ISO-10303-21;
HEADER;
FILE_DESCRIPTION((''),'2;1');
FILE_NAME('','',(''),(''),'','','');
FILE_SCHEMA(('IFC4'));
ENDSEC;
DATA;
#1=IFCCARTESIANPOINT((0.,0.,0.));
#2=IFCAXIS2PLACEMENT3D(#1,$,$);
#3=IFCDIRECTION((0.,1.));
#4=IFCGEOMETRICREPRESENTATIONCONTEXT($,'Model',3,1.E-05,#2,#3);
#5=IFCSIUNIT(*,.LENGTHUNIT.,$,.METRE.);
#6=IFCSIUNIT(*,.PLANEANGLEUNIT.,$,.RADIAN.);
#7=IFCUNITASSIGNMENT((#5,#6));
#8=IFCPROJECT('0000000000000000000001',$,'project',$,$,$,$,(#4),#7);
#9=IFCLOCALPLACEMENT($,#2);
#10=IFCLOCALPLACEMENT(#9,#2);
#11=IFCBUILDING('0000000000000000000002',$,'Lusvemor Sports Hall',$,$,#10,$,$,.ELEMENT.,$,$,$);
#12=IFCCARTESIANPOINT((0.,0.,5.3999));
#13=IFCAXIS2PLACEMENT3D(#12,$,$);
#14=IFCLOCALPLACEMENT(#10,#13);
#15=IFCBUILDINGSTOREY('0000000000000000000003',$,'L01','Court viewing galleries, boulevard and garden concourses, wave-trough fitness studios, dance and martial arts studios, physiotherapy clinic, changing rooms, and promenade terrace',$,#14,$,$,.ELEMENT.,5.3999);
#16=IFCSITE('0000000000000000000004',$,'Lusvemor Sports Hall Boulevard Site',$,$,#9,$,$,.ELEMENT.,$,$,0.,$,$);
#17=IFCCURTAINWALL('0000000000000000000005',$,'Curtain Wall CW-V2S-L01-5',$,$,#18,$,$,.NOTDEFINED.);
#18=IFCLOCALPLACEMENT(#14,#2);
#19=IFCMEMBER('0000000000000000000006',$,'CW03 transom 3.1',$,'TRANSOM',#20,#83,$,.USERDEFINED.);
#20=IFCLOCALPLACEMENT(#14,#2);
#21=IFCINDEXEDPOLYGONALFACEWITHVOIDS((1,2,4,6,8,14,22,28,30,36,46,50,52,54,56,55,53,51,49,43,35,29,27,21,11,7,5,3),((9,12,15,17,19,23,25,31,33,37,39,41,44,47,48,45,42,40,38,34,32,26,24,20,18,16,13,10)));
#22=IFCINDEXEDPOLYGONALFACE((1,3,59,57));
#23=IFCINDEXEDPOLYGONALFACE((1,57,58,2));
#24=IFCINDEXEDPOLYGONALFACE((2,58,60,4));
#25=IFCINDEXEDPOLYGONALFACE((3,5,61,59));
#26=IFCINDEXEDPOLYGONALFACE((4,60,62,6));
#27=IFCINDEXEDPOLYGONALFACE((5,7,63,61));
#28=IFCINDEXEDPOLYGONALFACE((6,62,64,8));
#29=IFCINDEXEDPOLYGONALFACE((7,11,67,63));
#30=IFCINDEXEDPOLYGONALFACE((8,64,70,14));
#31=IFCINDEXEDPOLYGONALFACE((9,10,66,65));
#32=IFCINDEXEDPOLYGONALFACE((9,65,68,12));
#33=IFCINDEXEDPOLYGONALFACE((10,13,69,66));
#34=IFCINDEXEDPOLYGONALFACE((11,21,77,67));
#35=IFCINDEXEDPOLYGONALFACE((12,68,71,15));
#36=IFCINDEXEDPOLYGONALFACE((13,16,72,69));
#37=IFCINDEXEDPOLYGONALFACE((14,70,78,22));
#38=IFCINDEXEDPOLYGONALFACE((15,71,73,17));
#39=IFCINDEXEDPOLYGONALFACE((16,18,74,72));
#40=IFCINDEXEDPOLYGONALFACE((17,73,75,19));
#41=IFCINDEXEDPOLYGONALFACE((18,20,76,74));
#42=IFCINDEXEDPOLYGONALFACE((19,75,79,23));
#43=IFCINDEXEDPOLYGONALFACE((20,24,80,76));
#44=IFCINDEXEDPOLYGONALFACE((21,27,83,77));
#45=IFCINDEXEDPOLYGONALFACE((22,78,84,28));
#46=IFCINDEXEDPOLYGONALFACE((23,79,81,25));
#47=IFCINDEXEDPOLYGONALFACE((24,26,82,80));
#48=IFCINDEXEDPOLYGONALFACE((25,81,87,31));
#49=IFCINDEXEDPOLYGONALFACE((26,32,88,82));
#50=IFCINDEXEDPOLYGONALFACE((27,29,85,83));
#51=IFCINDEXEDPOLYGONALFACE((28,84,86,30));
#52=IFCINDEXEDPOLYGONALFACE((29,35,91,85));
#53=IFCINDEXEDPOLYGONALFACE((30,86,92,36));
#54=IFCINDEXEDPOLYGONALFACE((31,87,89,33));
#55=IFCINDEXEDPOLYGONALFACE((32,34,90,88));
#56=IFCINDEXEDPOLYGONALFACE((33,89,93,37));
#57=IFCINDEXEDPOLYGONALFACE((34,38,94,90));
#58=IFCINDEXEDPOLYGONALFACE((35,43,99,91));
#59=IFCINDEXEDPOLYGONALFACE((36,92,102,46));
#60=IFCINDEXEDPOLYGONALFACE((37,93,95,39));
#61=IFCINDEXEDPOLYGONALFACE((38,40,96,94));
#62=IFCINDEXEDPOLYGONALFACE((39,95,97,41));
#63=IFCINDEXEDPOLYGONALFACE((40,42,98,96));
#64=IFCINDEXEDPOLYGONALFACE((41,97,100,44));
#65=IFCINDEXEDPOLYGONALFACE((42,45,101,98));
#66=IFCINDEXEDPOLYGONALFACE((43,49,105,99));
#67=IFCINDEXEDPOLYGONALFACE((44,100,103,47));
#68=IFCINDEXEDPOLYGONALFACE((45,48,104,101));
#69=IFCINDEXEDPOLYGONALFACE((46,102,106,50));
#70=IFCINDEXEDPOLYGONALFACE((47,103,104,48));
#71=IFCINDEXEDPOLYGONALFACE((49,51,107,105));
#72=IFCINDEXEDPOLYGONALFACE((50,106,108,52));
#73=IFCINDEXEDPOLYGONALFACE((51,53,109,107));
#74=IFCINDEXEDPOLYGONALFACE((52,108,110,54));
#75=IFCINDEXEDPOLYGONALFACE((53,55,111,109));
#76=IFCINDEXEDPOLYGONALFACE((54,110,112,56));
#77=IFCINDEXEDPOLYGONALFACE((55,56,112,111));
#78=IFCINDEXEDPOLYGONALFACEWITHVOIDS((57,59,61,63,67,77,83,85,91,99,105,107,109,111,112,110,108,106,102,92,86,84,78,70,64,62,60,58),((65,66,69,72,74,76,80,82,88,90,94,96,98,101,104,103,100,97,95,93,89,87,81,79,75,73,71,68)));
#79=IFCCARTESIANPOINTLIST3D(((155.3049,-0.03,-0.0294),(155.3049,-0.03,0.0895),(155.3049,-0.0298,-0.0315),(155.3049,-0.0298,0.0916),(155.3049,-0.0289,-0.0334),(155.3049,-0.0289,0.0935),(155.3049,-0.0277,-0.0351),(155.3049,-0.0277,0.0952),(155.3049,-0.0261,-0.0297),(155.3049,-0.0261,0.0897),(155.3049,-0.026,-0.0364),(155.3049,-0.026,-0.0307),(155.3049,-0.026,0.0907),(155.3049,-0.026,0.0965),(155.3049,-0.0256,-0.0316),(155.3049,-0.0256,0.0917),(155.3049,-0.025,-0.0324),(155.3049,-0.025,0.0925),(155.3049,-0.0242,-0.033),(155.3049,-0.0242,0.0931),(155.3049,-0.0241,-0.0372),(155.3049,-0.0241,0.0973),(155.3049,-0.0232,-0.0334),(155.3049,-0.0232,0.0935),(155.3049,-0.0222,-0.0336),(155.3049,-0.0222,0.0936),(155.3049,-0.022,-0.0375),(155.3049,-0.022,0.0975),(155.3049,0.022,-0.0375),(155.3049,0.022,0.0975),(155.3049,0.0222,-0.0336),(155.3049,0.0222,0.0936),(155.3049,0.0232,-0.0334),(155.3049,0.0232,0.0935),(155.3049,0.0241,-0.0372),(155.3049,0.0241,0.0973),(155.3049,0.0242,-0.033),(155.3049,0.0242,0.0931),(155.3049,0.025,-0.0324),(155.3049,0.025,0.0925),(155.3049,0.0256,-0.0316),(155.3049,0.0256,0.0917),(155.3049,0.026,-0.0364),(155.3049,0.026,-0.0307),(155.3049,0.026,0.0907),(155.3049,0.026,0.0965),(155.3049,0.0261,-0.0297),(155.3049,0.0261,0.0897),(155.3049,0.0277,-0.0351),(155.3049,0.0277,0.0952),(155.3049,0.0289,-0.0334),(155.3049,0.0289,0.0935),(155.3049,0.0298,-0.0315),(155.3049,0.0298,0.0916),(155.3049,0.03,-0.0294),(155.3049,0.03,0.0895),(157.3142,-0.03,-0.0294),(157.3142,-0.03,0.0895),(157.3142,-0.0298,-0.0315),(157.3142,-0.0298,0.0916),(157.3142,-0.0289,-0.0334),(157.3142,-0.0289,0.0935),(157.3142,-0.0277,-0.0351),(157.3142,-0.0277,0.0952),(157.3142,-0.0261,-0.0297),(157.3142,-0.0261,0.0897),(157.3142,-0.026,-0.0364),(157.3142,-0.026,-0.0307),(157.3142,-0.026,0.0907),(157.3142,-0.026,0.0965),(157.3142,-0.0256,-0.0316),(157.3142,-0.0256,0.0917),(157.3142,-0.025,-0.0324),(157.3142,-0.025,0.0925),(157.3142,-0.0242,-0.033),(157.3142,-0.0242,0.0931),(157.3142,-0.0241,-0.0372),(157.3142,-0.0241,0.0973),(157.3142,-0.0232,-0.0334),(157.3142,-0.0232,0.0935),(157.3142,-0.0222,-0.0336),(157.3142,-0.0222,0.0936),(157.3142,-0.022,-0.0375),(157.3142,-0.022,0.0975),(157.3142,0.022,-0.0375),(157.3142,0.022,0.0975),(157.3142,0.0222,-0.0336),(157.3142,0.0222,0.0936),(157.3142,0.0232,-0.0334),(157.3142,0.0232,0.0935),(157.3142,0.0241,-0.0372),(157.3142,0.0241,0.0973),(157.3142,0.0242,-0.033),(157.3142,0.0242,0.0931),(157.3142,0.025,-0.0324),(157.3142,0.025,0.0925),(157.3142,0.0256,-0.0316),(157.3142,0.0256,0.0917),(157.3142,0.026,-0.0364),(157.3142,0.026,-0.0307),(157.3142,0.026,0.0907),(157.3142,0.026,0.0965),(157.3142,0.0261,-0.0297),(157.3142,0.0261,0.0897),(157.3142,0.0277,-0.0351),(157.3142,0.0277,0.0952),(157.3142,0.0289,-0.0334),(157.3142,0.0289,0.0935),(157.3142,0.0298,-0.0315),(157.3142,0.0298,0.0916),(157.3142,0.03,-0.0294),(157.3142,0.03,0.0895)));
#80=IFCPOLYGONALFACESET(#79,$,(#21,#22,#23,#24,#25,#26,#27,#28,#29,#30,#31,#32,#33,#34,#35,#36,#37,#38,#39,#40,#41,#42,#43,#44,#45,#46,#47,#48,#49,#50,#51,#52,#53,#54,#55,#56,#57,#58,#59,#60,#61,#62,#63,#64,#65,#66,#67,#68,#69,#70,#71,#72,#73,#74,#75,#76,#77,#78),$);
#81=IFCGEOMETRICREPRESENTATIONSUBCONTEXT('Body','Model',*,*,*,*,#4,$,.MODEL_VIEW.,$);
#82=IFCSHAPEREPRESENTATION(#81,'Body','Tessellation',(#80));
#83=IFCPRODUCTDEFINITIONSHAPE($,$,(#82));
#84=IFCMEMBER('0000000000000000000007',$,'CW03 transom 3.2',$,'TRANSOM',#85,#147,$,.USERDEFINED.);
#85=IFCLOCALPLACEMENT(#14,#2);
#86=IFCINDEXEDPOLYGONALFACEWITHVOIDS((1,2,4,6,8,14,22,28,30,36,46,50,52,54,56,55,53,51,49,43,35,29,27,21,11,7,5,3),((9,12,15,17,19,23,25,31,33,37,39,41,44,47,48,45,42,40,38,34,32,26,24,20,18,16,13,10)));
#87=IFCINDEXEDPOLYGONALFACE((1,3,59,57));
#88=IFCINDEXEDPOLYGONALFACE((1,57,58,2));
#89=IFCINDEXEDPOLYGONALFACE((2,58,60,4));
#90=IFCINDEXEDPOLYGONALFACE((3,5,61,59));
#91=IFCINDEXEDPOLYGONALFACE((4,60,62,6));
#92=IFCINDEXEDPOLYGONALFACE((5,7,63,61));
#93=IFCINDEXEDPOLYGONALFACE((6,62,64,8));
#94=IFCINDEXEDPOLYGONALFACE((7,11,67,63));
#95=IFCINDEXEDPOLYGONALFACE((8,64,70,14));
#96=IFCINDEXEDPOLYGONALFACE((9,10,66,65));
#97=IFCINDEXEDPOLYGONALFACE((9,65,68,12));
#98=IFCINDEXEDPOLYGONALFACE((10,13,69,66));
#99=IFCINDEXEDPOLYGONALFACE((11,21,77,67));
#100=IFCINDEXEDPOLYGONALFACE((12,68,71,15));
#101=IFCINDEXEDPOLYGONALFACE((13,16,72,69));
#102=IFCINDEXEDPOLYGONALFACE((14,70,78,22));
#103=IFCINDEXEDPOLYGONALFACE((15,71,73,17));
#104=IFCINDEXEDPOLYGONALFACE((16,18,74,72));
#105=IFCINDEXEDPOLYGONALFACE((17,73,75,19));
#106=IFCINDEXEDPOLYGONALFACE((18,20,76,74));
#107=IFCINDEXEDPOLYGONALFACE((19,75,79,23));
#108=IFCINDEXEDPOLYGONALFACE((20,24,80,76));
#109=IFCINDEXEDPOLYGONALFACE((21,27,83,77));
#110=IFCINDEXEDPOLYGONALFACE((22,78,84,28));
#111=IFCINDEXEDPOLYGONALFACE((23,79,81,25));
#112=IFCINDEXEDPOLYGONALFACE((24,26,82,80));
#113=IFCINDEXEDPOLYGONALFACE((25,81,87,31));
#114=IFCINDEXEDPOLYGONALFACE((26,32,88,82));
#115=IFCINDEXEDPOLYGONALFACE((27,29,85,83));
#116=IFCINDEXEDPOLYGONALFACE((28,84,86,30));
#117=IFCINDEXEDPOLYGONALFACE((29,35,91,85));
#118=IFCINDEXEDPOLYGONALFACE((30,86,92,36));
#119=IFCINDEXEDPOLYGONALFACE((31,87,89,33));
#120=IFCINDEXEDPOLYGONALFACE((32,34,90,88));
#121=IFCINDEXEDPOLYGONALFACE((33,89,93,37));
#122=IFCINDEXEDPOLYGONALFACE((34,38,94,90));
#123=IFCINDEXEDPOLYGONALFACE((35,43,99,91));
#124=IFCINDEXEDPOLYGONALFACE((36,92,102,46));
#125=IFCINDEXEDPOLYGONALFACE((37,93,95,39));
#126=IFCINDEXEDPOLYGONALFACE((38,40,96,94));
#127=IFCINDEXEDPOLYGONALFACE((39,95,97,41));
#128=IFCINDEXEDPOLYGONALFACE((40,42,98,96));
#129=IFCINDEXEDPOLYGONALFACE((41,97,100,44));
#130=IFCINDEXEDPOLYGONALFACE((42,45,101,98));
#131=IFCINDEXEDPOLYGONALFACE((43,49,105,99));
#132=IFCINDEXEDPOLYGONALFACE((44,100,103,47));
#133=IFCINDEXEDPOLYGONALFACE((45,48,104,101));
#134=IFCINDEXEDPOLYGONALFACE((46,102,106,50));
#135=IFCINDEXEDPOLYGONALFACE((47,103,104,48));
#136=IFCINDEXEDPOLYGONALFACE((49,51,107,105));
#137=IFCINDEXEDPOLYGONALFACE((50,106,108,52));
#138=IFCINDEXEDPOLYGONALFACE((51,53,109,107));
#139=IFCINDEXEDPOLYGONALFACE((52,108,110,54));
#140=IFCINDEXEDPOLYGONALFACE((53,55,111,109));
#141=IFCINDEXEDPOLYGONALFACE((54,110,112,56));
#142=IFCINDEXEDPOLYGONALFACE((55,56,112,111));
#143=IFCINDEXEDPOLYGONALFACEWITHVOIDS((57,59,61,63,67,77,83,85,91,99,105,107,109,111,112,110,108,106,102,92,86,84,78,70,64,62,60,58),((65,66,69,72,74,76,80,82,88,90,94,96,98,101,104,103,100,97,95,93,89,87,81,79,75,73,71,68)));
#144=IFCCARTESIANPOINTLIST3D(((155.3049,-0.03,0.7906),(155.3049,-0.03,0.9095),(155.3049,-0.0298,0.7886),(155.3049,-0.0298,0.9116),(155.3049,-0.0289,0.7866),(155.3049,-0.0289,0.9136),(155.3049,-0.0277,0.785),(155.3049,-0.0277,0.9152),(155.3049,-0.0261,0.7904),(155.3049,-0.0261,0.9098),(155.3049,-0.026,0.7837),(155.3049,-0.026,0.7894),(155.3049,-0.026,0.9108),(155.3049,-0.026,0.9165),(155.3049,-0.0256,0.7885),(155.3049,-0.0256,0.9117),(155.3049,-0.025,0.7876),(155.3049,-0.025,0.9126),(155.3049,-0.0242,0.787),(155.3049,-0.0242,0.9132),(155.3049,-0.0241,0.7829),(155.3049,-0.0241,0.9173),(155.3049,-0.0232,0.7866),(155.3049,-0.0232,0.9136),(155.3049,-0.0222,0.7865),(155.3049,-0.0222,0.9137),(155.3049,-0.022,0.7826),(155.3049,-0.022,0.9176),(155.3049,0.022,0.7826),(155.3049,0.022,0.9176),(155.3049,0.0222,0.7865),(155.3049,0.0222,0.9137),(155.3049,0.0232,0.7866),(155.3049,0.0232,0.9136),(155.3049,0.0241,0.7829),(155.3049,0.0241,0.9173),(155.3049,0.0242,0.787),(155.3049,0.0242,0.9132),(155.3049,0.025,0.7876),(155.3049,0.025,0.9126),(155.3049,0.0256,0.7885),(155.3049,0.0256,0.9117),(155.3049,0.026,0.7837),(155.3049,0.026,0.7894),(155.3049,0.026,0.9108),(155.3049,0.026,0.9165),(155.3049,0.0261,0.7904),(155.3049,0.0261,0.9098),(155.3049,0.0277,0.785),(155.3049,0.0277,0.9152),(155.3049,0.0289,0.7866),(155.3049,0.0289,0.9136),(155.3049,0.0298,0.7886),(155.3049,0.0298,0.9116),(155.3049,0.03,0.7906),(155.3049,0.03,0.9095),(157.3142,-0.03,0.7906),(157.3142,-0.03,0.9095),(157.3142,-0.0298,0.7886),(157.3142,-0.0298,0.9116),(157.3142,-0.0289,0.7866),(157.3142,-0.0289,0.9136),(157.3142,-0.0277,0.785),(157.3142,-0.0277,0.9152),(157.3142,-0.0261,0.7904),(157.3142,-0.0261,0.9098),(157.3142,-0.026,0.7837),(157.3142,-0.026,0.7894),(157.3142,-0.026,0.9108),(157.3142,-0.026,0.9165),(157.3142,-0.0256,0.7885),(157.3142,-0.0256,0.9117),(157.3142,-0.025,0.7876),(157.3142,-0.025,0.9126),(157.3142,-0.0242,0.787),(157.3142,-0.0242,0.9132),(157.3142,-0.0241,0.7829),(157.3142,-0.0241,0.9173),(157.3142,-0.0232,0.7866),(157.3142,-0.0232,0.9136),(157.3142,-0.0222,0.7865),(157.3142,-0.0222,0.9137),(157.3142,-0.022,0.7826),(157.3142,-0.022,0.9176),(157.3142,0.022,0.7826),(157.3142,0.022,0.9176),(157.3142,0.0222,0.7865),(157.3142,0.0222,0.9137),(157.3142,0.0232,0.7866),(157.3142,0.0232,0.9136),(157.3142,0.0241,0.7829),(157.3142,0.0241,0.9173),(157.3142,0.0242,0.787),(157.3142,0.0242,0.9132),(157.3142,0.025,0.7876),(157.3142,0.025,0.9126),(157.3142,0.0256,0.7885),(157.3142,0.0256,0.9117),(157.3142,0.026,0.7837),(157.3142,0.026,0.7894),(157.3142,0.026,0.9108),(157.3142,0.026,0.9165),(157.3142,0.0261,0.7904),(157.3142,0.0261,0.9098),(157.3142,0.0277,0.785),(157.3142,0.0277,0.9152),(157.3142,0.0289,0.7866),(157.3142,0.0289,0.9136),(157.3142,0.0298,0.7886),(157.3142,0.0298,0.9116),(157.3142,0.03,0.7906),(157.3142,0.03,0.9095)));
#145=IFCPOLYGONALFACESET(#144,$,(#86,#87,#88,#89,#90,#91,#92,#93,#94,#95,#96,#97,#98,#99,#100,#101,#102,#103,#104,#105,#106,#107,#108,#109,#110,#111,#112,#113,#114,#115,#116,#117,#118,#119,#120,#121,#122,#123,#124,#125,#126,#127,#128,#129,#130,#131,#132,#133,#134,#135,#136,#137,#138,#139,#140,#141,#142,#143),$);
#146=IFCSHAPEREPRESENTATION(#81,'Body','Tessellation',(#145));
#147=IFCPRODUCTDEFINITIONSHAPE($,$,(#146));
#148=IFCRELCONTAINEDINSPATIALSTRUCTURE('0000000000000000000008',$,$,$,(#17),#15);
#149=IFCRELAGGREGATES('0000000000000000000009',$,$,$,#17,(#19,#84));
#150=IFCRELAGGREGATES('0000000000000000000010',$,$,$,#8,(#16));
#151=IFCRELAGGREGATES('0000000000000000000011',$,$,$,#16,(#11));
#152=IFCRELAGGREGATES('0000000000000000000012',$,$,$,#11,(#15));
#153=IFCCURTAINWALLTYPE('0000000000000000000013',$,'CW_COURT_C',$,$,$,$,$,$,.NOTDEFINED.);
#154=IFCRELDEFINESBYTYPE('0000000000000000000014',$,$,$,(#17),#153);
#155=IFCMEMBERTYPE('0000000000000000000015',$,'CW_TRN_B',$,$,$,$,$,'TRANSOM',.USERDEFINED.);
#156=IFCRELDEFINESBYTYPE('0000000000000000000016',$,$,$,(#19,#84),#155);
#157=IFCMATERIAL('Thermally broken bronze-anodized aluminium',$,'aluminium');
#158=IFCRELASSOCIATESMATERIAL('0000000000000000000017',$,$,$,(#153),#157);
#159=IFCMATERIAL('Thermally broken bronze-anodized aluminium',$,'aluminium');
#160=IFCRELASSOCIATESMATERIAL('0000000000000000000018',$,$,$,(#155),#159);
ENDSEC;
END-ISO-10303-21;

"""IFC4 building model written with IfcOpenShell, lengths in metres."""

from ifc_helpers import new_model, si_unit, direction, frame, origin, origin_2d, place, context, subcontext, project, spatial, hollow_rectangle, extrude, material, material_profile, profile_set, type_object, element, aggregate, save


model = new_model("IFC4")

# Units and contexts
model_context = context("Model", 3, precision=1e-05, world=origin(), true_north=direction((0.0, 1.0)))
body_context = subcontext(model_context, "Body", "Model", "MODEL_VIEW")
ifc_project = project(units=[si_unit("LENGTHUNIT", "METRE"), si_unit("PLANEANGLEUNIT", "RADIAN")], contexts=[model_context])

# Site, building, storey
site_placement = place(None, origin())
site = spatial("IfcSite", under=ifc_project, at=site_placement, Name="Lusvemor Sports Hall Boulevard Site", CompositionType="ELEMENT", RefElevation=0.0)
building_placement = place(site_placement, origin())
building = spatial("IfcBuilding", under=site, at=building_placement, Name="Lusvemor Sports Hall", CompositionType="ELEMENT")
storey_placement = place(building_placement, frame((0.0, 0.0, 5.3999)))
storey = spatial("IfcBuildingStorey", under=building, at=storey_placement, Name="L01", Description="Court viewing galleries, boulevard and garden concourses, wave-trough fitness studios, dance and martial arts studios, physiotherapy clinic, changing rooms, and promenade terrace", CompositionType="ELEMENT", Elevation=5.3999)

# Curtain wall
ifc_material_1 = material(Name="Thermally broken bronze-anodized aluminium", Category="aluminium")
curtain_wall_type = type_object("IfcCurtainWallType", Name="CW_COURT_C", PredefinedType="NOTDEFINED", material=ifc_material_1)
curtain_wall_1_placement = place(storey_placement, origin())
curtain_wall_1 = element("IfcCurtainWall", 1, at=curtain_wall_1_placement, inside=storey, type_object=curtain_wall_type, Name="Curtain Wall CW-V2S-L01-5", PredefinedType="NOTDEFINED")

# Members
ifc_material_2 = material(Name="Thermally broken bronze-anodized aluminium", Category="aluminium")
ifc_material_profile_1 = material_profile(ifc_material_2, hollow_rectangle(XDim=0.0601, YDim=0.135, WallThickness=0.0039, InnerFilletRadius=0.0039, OuterFilletRadius=0.0081, at=origin_2d()), Name="CWTRN135x60x4")
ifc_profile_set_1 = profile_set([ifc_material_profile_1], Name="Thermally broken bronze-anodized aluminium")
member_type_1 = type_object("IfcMemberType", Name="CW_TRN_B", ElementType="TRANSOM", PredefinedType="USERDEFINED", material=ifc_profile_set_1)
member_1_placement = place(storey_placement, frame((157.3142, 0.0, 0.03), z_axis=(-1.0, 0.0, 0.0), x_axis=(0.0, -1.0, 0.0)))
member_1 = element("IfcMember", 2, at=member_1_placement, type_object=member_type_1, Name="CW03 transom 3.1", ObjectType="TRANSOM", PredefinedType="USERDEFINED", context=body_context, shape_type="SweptSolid", body=[
    extrude(hollow_rectangle(XDim=0.0601, YDim=0.135, WallThickness=0.0039, InnerFilletRadius=0.0039, OuterFilletRadius=0.0081, at=origin_2d()), origin(), (0.0, 0.0, 1.0), 2.0093),
])
member_2_placement = place(storey_placement, frame((157.3142, 0.0, 0.8501), z_axis=(-1.0, 0.0, 0.0), x_axis=(0.0, -1.0, 0.0)))
member_2 = element("IfcMember", 3, at=member_2_placement, type_object=member_type_1, Name="CW03 transom 3.2", ObjectType="TRANSOM", PredefinedType="USERDEFINED", context=body_context, shape_type="SweptSolid", body=[
    extrude(hollow_rectangle(XDim=0.0601, YDim=0.135, WallThickness=0.0039, InnerFilletRadius=0.0039, OuterFilletRadius=0.0081, at=origin_2d()), origin(), (0.0, 0.0, 1.0), 2.0093),
])

aggregate(curtain_wall_1, [member_1, member_2])

save(model, "model.ifc")
